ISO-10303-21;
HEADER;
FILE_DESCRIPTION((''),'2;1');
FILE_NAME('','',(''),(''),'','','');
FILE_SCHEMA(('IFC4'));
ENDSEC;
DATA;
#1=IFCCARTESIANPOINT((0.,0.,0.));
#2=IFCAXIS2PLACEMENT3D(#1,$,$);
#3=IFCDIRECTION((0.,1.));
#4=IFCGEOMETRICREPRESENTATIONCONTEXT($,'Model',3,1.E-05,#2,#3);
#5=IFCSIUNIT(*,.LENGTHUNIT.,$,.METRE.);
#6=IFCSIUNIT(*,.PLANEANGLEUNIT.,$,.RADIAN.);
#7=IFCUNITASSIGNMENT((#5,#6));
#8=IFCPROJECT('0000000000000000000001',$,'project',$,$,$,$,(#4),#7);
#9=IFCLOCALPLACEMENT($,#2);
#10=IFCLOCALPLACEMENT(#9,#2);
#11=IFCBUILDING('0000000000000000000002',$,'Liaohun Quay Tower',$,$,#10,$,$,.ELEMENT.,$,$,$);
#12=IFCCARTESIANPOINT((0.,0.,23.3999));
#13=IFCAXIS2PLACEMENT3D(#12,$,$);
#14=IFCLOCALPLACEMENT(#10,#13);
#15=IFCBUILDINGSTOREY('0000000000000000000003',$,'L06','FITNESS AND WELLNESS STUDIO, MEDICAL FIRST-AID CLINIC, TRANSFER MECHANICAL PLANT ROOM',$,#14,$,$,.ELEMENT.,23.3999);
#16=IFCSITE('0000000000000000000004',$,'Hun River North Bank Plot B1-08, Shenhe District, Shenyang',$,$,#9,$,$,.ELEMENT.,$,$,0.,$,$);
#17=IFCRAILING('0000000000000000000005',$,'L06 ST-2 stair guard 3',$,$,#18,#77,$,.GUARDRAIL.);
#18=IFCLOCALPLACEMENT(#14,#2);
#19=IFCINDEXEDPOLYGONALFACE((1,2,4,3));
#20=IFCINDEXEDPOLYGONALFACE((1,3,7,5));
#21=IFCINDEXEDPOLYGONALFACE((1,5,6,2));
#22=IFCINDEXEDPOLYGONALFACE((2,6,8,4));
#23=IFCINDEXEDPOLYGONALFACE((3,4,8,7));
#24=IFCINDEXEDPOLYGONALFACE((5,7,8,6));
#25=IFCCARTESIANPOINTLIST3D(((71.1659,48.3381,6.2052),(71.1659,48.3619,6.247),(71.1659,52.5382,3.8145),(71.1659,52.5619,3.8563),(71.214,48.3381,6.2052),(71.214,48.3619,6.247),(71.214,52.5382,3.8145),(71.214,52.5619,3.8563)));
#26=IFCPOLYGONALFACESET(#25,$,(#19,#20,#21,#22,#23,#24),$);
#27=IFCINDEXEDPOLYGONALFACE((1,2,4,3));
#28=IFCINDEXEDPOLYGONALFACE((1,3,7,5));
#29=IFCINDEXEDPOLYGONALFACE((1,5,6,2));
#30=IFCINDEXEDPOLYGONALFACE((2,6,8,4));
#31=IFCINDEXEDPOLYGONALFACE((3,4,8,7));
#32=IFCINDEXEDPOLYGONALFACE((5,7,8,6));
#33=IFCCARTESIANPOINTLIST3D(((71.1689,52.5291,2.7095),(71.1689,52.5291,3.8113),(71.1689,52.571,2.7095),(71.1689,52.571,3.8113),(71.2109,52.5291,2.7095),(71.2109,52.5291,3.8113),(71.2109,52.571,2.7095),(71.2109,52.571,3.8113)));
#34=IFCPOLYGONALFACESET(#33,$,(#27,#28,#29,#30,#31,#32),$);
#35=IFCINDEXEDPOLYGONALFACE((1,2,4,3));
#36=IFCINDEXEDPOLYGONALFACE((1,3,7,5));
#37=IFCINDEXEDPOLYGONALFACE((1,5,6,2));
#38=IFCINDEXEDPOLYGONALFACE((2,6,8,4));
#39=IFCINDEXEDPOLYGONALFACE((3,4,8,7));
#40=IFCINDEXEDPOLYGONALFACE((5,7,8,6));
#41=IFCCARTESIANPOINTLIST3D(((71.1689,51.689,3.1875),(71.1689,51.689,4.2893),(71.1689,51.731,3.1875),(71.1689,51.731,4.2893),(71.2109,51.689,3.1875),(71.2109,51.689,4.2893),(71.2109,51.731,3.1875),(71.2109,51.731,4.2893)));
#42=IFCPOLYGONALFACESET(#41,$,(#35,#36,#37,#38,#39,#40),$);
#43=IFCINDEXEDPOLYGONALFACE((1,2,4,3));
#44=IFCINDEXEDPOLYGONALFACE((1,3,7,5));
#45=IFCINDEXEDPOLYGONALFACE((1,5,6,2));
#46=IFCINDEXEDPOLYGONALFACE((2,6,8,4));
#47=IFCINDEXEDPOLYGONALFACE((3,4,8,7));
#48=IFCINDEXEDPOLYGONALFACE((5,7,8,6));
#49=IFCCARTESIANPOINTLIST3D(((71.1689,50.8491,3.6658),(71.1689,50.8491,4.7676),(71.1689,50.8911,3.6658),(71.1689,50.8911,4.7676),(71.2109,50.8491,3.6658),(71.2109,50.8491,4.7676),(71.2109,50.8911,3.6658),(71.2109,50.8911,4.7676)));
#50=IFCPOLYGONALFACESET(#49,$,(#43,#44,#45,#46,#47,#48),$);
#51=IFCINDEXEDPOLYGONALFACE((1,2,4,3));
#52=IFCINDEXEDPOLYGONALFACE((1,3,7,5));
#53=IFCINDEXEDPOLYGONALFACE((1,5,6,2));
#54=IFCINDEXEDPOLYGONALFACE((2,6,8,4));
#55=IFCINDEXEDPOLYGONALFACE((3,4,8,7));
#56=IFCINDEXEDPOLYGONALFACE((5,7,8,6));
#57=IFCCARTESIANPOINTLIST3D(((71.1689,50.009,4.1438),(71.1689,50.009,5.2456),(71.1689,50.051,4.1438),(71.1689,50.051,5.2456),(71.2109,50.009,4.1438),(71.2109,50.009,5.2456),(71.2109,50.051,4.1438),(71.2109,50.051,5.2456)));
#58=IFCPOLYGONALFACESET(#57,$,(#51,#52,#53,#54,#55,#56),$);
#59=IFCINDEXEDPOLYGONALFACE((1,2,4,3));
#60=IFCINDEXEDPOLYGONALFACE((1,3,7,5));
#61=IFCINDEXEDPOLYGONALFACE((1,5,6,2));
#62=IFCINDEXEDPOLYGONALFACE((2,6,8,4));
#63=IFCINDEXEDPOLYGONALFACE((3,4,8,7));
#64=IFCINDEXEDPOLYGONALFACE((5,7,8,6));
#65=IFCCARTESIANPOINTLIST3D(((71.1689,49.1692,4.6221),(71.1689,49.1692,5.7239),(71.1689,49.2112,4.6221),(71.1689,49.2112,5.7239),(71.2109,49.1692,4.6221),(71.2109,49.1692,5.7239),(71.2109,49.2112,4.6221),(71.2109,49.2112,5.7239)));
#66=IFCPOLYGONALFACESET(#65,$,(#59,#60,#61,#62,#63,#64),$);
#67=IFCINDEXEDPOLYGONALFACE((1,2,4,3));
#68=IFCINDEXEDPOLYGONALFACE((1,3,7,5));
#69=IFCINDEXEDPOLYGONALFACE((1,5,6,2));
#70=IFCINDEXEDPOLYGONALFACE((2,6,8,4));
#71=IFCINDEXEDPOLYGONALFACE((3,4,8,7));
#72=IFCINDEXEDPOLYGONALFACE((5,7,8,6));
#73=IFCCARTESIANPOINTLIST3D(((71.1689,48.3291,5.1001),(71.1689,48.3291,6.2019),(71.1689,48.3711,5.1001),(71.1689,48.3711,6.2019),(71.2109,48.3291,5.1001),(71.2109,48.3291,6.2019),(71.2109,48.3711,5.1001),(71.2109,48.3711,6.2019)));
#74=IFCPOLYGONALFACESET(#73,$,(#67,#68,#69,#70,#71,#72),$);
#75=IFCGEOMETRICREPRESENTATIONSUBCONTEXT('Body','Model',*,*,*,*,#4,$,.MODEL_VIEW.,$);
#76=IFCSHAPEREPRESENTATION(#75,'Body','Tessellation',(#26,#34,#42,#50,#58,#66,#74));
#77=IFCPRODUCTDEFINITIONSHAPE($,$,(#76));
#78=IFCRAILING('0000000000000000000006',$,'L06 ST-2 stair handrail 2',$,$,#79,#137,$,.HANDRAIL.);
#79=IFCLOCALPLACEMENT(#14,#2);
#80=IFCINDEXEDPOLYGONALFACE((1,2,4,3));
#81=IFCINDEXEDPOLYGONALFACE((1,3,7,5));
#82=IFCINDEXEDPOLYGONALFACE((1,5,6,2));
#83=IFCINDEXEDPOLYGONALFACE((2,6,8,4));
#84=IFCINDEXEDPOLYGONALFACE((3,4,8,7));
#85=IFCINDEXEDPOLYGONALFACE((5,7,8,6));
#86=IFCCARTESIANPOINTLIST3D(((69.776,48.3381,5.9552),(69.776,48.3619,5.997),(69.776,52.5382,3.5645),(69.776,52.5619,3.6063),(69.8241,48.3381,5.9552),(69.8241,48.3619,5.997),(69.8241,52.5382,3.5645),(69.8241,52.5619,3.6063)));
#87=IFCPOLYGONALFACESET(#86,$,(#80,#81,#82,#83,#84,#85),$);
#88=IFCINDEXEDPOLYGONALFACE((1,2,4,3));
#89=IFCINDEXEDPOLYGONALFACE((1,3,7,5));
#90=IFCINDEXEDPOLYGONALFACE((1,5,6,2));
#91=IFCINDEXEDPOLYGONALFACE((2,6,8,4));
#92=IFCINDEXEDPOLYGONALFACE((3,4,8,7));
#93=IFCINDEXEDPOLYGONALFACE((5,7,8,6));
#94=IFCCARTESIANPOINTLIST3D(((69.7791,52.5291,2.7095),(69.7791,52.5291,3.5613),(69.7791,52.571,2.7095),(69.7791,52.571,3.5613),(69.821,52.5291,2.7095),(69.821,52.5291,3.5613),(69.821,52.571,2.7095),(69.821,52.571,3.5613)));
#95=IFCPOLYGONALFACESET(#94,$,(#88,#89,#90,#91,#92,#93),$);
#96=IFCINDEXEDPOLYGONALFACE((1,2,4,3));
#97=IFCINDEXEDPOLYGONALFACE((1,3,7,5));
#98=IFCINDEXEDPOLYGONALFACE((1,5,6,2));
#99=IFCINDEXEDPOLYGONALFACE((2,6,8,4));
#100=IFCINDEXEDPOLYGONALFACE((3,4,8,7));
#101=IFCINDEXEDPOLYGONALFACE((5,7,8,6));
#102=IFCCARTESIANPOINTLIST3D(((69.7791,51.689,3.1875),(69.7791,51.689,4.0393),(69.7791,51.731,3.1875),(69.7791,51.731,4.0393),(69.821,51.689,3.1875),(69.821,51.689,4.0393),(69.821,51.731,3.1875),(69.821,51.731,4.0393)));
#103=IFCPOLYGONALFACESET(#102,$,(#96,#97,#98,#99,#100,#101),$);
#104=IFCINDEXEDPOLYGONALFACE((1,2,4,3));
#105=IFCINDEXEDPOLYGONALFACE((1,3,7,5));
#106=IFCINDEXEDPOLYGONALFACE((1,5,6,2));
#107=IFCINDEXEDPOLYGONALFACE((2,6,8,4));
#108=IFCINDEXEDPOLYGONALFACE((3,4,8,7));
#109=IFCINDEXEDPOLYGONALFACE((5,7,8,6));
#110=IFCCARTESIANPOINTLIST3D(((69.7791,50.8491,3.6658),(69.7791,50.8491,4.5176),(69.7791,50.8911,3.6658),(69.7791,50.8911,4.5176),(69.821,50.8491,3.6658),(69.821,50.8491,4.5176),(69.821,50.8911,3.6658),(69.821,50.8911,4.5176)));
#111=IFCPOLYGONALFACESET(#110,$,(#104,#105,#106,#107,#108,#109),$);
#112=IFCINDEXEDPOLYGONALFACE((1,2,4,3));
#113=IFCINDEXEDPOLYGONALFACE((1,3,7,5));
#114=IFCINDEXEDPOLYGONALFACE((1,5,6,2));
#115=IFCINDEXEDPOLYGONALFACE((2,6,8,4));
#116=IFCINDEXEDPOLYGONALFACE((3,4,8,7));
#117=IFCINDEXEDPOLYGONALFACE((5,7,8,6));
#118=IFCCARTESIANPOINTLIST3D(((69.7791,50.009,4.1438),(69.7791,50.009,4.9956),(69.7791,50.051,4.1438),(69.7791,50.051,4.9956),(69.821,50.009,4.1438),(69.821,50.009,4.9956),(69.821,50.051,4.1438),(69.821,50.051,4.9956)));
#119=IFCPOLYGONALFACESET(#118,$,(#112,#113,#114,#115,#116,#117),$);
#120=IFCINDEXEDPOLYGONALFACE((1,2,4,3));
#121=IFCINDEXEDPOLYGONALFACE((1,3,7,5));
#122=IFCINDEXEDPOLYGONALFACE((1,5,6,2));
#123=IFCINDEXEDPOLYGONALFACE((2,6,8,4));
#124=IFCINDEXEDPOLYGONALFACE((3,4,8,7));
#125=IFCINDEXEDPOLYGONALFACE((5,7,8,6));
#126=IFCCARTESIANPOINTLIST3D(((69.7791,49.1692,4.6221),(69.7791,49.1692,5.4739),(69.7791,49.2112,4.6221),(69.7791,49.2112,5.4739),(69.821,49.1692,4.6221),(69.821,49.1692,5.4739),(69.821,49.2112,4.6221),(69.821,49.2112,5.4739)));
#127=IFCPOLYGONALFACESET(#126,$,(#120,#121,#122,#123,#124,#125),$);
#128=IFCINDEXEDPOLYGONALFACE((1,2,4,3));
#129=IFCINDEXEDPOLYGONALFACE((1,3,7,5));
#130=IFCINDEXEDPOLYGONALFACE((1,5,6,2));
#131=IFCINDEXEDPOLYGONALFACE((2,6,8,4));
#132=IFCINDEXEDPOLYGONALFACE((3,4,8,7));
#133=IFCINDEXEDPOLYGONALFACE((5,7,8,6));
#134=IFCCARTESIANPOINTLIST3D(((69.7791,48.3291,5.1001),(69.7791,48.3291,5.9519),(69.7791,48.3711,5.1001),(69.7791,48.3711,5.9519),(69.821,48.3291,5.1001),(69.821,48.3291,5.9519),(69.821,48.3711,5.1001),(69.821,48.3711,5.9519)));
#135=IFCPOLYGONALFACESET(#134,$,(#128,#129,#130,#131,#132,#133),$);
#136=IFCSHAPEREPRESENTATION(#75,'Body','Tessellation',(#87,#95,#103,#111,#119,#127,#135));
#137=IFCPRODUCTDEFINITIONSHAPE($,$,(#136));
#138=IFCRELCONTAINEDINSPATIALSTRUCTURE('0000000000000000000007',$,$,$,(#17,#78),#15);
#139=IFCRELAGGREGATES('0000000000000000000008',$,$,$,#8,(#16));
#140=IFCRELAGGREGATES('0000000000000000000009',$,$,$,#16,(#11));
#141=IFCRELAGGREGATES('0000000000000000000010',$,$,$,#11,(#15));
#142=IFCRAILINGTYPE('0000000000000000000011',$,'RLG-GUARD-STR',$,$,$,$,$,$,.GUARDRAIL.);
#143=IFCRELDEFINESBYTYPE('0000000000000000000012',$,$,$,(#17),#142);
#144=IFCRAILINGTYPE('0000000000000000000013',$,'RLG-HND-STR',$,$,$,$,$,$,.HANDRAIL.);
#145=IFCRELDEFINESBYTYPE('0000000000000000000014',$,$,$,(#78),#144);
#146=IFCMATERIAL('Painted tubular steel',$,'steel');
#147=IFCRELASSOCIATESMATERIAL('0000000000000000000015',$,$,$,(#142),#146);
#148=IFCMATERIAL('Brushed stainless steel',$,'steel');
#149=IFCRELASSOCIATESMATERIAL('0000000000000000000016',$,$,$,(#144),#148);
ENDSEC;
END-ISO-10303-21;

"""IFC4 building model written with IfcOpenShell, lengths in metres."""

from ifc_helpers import new_model, si_unit, direction, frame, origin, origin_2d, place, context, subcontext, project, spatial, rectangle, extrude, material, type_object, element, save


model = new_model("IFC4")

# Units and contexts
model_context = context("Model", 3, precision=1e-05, world=origin(), true_north=direction((0.0, 1.0)))
body_context = subcontext(model_context, "Body", "Model", "MODEL_VIEW")
ifc_project = project(units=[si_unit("LENGTHUNIT", "METRE"), si_unit("PLANEANGLEUNIT", "RADIAN")], contexts=[model_context])

# Site, building, storey
site_placement = place(None, origin())
site = spatial("IfcSite", under=ifc_project, at=site_placement, Name="Hun River North Bank Plot B1-08, Shenhe District, Shenyang", CompositionType="ELEMENT", RefElevation=0.0)
building_placement = place(site_placement, origin())
building = spatial("IfcBuilding", under=site, at=building_placement, Name="Liaohun Quay Tower", CompositionType="ELEMENT")
storey_placement = place(building_placement, frame((0.0, 0.0, 23.3999)))
storey = spatial("IfcBuildingStorey", under=building, at=storey_placement, Name="L06", Description="FITNESS AND WELLNESS STUDIO, MEDICAL FIRST-AID CLINIC, TRANSFER MECHANICAL PLANT ROOM", CompositionType="ELEMENT", Elevation=23.3999)

# Railings
ifc_material_1 = material(Name="Painted tubular steel", Category="steel")
railing_type_1 = type_object("IfcRailingType", Name="RLG-GUARD-STR", PredefinedType="GUARDRAIL", material=ifc_material_1)
railing_1_placement = place(storey_placement, frame((71.1899, 52.55, 2.7095)))
element("IfcRailing", 1, at=railing_1_placement, inside=storey, type_object=railing_type_1, Name="L06 ST-2 stair guard 3", PredefinedType="GUARDRAIL", context=body_context, shape_type="SweptSolid", body=[
    extrude(rectangle(XDim=0.0481, YDim=0.0481, at=origin_2d()), frame((0.0, 0.0, 1.126), z_axis=(0.0, -0.869075, 0.49468), x_axis=(1.0, 0.0, 0.0)), (0.0, 0.0, 1.0), 4.8328),
    extrude(rectangle(XDim=0.042, YDim=0.042, at=origin_2d()), origin(), (0.0, 0.0, 1.0), 1.1018),
    extrude(rectangle(XDim=0.042, YDim=0.042, at=origin_2d()), frame((0.0, -0.8401, 0.478)), (0.0, 0.0, 1.0), 1.1018),
    extrude(rectangle(XDim=0.042, YDim=0.042, at=origin_2d()), frame((0.0, -1.6799, 0.9563)), (0.0, 0.0, 1.0), 1.1018),
    extrude(rectangle(XDim=0.042, YDim=0.042, at=origin_2d()), frame((0.0, -2.52, 1.4343)), (0.0, 0.0, 1.0), 1.1018),
    extrude(rectangle(XDim=0.042, YDim=0.042, at=origin_2d()), frame((0.0, -3.3599, 1.9126)), (0.0, 0.0, 1.0), 1.1018),
    extrude(rectangle(XDim=0.042, YDim=0.042, at=origin_2d()), frame((0.0, -4.2, 2.3906)), (0.0, 0.0, 1.0), 1.1018),
])
ifc_material_2 = material(Name="Brushed stainless steel", Category="steel")
railing_type_2 = type_object("IfcRailingType", Name="RLG-HND-STR", PredefinedType="HANDRAIL", material=ifc_material_2)
railing_2_placement = place(storey_placement, frame((69.8, 52.55, 2.7095)))
element("IfcRailing", 2, at=railing_2_placement, inside=storey, type_object=railing_type_2, Name="L06 ST-2 stair handrail 2", PredefinedType="HANDRAIL", context=body_context, shape_type="SweptSolid", body=[
    extrude(rectangle(XDim=0.0481, YDim=0.0481, at=origin_2d()), frame((0.0, 0.0, 0.876), z_axis=(0.0, -0.869075, 0.49468), x_axis=(1.0, 0.0, 0.0)), (0.0, 0.0, 1.0), 4.8328),
    extrude(rectangle(XDim=0.042, YDim=0.042, at=origin_2d()), origin(), (0.0, 0.0, 1.0), 0.8518),
    extrude(rectangle(XDim=0.042, YDim=0.042, at=origin_2d()), frame((0.0, -0.8401, 0.478)), (0.0, 0.0, 1.0), 0.8518),
    extrude(rectangle(XDim=0.042, YDim=0.042, at=origin_2d()), frame((0.0, -1.6799, 0.9563)), (0.0, 0.0, 1.0), 0.8518),
    extrude(rectangle(XDim=0.042, YDim=0.042, at=origin_2d()), frame((0.0, -2.52, 1.4343)), (0.0, 0.0, 1.0), 0.8518),
    extrude(rectangle(XDim=0.042, YDim=0.042, at=origin_2d()), frame((0.0, -3.3599, 1.9126)), (0.0, 0.0, 1.0), 0.8518),
    extrude(rectangle(XDim=0.042, YDim=0.042, at=origin_2d()), frame((0.0, -4.2, 2.3906)), (0.0, 0.0, 1.0), 0.8518),
])

save(model, "model.ifc")
